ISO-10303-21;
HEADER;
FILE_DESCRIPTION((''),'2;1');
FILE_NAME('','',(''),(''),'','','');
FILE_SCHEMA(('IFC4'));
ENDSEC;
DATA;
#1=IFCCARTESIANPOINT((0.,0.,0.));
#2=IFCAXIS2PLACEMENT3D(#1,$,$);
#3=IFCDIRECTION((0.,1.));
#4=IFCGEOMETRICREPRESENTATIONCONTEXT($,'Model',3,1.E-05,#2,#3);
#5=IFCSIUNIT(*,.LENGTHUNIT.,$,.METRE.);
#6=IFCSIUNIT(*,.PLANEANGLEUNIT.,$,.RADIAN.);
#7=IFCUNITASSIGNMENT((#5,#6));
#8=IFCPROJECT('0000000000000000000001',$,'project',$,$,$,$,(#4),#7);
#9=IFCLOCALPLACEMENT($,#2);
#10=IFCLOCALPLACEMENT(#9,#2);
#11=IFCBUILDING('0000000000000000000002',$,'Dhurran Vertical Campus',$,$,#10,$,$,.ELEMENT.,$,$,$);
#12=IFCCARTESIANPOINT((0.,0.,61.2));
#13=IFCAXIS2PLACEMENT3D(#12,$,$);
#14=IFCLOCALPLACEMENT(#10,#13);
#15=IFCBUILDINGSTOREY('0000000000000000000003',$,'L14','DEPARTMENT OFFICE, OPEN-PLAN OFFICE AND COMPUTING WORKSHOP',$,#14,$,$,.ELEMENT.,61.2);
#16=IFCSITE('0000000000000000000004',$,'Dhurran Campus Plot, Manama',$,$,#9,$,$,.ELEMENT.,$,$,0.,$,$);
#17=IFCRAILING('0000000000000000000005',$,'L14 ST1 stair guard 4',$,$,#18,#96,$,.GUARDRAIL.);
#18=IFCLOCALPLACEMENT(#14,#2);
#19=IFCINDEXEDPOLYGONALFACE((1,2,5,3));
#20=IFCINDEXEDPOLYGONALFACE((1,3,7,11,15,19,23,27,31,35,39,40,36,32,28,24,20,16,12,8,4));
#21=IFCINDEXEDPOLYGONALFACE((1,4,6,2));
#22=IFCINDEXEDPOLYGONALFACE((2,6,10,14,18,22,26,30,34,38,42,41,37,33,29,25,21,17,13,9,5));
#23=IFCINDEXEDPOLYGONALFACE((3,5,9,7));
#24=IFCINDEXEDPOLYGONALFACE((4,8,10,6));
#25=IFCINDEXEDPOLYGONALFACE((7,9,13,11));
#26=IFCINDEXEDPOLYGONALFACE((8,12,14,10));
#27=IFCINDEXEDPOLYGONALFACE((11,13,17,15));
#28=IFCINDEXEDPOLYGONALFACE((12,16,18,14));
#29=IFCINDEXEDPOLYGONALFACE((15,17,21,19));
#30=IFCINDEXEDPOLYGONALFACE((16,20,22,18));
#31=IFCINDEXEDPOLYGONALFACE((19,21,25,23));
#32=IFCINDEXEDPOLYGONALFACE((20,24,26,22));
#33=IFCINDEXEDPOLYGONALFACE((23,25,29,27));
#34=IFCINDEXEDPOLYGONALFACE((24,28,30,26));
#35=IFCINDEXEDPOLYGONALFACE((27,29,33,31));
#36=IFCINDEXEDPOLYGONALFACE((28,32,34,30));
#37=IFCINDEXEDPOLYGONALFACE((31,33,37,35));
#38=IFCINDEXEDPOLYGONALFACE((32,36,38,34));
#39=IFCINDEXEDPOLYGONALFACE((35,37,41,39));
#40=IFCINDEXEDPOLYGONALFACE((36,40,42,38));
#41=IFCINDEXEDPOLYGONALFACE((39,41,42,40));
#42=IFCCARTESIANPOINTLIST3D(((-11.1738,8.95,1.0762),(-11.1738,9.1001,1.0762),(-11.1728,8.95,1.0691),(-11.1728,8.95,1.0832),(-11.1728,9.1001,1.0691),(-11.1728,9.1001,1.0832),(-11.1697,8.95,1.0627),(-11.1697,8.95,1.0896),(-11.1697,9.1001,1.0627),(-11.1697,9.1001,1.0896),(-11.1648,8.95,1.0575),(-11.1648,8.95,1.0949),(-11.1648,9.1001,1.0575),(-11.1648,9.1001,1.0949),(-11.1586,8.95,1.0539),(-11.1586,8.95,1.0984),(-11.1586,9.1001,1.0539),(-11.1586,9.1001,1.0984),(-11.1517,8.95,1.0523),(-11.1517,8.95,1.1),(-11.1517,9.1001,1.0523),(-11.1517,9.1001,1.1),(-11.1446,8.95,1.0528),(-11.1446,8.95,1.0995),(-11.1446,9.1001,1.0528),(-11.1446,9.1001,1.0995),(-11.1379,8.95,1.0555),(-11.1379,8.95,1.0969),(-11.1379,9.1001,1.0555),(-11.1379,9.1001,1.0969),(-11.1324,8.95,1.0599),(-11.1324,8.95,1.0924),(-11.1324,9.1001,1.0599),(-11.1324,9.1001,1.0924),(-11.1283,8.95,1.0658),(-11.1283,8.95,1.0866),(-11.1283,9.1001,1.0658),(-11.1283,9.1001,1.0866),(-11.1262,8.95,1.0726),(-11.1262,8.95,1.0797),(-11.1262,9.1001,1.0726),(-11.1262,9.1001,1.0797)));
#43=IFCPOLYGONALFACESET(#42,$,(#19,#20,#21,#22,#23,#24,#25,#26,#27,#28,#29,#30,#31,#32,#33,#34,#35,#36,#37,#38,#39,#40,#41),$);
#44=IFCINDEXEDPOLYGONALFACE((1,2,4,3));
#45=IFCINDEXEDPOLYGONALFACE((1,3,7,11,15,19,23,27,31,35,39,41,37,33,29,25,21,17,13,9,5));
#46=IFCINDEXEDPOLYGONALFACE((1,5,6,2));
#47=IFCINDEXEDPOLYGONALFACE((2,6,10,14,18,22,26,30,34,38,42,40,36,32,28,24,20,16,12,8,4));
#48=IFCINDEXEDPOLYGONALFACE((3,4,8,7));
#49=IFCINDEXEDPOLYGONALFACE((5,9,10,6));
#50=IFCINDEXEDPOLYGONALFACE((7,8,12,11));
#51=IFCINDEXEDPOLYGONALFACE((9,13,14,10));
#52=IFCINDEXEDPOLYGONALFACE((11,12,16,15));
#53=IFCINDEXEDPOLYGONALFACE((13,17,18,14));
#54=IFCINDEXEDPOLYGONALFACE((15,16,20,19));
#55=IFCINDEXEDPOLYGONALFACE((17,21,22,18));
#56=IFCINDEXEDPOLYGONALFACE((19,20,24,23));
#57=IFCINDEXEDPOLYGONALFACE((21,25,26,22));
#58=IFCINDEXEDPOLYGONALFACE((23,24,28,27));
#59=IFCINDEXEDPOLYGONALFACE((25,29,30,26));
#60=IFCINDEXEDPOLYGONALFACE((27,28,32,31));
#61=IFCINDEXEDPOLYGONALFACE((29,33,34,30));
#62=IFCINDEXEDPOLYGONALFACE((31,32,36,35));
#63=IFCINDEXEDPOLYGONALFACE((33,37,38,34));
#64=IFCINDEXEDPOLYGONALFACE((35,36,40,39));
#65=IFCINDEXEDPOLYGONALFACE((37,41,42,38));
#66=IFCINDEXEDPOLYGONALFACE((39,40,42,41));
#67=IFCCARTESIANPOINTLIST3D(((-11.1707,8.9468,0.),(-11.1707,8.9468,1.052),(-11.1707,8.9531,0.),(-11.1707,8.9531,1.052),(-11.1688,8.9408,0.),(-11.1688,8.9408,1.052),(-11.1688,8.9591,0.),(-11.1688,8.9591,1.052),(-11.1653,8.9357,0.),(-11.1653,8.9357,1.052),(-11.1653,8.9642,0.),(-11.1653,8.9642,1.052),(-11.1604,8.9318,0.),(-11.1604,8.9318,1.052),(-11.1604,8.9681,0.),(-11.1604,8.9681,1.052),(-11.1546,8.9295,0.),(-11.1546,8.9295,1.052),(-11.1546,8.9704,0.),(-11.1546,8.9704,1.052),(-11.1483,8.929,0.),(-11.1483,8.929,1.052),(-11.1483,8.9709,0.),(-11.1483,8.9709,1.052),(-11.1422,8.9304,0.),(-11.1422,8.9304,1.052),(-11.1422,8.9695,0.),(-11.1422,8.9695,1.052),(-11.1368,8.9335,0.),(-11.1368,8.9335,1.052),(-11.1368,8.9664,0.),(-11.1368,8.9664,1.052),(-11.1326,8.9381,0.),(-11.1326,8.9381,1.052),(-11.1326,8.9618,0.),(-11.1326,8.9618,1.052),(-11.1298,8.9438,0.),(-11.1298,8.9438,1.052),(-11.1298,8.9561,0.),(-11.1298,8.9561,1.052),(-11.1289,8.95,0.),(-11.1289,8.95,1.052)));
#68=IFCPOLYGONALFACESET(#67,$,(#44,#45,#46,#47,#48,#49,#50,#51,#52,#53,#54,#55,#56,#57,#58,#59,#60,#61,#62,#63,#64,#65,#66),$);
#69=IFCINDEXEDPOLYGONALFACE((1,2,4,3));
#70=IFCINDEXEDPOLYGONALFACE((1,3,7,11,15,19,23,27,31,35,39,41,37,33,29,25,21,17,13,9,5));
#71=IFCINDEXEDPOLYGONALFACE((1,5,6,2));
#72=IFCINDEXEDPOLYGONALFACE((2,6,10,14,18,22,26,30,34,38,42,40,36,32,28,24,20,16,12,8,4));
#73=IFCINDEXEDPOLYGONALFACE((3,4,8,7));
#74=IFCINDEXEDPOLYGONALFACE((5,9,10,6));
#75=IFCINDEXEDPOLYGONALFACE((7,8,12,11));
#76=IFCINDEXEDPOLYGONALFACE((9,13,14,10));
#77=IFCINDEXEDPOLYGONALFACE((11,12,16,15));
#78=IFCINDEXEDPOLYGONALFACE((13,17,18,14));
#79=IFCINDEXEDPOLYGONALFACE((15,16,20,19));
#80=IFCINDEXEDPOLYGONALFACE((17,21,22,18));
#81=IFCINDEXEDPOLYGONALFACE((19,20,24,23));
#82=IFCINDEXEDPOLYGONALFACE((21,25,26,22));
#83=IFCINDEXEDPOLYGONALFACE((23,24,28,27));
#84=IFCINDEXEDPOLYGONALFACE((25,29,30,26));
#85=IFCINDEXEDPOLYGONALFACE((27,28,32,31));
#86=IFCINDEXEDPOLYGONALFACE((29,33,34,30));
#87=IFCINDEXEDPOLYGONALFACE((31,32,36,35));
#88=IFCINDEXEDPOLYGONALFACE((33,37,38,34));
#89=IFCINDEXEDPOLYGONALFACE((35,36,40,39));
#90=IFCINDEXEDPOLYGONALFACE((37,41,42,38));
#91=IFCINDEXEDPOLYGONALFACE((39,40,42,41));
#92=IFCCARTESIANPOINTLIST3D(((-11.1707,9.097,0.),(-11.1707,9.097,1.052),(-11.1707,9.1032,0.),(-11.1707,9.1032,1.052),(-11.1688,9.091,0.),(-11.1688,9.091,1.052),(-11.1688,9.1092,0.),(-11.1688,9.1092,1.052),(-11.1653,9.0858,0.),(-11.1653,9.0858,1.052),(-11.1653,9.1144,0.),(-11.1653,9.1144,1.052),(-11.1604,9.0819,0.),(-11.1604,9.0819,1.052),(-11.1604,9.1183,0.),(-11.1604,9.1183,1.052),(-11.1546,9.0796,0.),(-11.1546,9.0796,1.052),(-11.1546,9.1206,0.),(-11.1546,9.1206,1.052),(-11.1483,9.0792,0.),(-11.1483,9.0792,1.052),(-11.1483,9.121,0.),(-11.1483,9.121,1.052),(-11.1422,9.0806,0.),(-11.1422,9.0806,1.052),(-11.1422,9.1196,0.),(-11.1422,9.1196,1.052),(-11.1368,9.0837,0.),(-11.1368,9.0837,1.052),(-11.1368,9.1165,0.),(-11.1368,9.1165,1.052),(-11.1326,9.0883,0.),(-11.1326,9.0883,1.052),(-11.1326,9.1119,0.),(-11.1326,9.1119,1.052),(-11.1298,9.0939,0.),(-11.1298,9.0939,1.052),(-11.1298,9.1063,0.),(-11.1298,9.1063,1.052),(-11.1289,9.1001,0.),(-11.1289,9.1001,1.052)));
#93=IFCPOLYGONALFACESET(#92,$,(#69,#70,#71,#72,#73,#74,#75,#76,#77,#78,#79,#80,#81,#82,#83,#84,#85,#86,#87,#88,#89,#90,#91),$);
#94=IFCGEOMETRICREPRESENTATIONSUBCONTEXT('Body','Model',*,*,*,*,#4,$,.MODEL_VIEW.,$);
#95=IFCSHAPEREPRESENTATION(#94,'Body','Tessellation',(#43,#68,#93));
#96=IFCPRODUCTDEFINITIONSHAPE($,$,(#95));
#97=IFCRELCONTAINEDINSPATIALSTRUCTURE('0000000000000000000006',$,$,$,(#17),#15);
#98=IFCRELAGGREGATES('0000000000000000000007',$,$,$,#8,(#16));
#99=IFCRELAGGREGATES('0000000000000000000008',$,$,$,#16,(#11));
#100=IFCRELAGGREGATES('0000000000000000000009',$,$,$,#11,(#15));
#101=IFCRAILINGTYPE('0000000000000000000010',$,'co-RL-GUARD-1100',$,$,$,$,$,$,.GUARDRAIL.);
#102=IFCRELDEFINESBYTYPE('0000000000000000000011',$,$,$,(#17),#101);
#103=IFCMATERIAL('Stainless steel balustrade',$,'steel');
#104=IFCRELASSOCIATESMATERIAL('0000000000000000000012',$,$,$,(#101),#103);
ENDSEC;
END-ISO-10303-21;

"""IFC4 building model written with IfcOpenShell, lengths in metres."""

from ifc_helpers import new_model, si_unit, direction, frame, origin, origin_2d, place, context, subcontext, project, spatial, circle, extrude, material, type_object, element, save


model = new_model("IFC4")

# Units and contexts
model_context = context("Model", 3, precision=1e-05, world=origin(), true_north=direction((0.0, 1.0)))
body_context = subcontext(model_context, "Body", "Model", "MODEL_VIEW")
ifc_project = project(units=[si_unit("LENGTHUNIT", "METRE"), si_unit("PLANEANGLEUNIT", "RADIAN")], contexts=[model_context])

# Site, building, storey
site_placement = place(None, origin())
site = spatial("IfcSite", under=ifc_project, at=site_placement, Name="Dhurran Campus Plot, Manama", CompositionType="ELEMENT", RefElevation=0.0)
building_placement = place(site_placement, origin())
building = spatial("IfcBuilding", under=site, at=building_placement, Name="Dhurran Vertical Campus", CompositionType="ELEMENT")
storey_placement = place(building_placement, frame((0.0, 0.0, 61.2)))
storey = spatial("IfcBuildingStorey", under=building, at=storey_placement, Name="L14", Description="DEPARTMENT OFFICE, OPEN-PLAN OFFICE AND COMPUTING WORKSHOP", CompositionType="ELEMENT", Elevation=61.2)

# Railing
ifc_material_1 = material(Name="Stainless steel balustrade", Category="steel")
railing_type_1 = type_object("IfcRailingType", Name="co-RL-GUARD-1100", PredefinedType="GUARDRAIL", material=ifc_material_1)
railing_1_placement = place(storey_placement, frame((-11.1499, 8.95, 0.0)))
element("IfcRailing", 1, at=railing_1_placement, inside=storey, type_object=railing_type_1, Name="L14 ST1 stair guard 4", PredefinedType="GUARDRAIL", context=body_context, shape_type="SweptSolid", body=[
    extrude(circle(Radius=0.0239, at=origin_2d()), frame((0.0, 0.0, 1.0762), z_axis=(0.0, 1.0, 0.0), x_axis=(-1.0, 0.0, 0.0)), (0.0, 0.0, 1.0), 0.1501),
    extrude(circle(Radius=0.021, at=origin_2d()), origin(), (0.0, 0.0, 1.0), 1.052),
    extrude(circle(Radius=0.021, at=origin_2d()), frame((0.0, 0.1501, 0.0)), (0.0, 0.0, 1.0), 1.052),
])

save(model, "model.ifc")
